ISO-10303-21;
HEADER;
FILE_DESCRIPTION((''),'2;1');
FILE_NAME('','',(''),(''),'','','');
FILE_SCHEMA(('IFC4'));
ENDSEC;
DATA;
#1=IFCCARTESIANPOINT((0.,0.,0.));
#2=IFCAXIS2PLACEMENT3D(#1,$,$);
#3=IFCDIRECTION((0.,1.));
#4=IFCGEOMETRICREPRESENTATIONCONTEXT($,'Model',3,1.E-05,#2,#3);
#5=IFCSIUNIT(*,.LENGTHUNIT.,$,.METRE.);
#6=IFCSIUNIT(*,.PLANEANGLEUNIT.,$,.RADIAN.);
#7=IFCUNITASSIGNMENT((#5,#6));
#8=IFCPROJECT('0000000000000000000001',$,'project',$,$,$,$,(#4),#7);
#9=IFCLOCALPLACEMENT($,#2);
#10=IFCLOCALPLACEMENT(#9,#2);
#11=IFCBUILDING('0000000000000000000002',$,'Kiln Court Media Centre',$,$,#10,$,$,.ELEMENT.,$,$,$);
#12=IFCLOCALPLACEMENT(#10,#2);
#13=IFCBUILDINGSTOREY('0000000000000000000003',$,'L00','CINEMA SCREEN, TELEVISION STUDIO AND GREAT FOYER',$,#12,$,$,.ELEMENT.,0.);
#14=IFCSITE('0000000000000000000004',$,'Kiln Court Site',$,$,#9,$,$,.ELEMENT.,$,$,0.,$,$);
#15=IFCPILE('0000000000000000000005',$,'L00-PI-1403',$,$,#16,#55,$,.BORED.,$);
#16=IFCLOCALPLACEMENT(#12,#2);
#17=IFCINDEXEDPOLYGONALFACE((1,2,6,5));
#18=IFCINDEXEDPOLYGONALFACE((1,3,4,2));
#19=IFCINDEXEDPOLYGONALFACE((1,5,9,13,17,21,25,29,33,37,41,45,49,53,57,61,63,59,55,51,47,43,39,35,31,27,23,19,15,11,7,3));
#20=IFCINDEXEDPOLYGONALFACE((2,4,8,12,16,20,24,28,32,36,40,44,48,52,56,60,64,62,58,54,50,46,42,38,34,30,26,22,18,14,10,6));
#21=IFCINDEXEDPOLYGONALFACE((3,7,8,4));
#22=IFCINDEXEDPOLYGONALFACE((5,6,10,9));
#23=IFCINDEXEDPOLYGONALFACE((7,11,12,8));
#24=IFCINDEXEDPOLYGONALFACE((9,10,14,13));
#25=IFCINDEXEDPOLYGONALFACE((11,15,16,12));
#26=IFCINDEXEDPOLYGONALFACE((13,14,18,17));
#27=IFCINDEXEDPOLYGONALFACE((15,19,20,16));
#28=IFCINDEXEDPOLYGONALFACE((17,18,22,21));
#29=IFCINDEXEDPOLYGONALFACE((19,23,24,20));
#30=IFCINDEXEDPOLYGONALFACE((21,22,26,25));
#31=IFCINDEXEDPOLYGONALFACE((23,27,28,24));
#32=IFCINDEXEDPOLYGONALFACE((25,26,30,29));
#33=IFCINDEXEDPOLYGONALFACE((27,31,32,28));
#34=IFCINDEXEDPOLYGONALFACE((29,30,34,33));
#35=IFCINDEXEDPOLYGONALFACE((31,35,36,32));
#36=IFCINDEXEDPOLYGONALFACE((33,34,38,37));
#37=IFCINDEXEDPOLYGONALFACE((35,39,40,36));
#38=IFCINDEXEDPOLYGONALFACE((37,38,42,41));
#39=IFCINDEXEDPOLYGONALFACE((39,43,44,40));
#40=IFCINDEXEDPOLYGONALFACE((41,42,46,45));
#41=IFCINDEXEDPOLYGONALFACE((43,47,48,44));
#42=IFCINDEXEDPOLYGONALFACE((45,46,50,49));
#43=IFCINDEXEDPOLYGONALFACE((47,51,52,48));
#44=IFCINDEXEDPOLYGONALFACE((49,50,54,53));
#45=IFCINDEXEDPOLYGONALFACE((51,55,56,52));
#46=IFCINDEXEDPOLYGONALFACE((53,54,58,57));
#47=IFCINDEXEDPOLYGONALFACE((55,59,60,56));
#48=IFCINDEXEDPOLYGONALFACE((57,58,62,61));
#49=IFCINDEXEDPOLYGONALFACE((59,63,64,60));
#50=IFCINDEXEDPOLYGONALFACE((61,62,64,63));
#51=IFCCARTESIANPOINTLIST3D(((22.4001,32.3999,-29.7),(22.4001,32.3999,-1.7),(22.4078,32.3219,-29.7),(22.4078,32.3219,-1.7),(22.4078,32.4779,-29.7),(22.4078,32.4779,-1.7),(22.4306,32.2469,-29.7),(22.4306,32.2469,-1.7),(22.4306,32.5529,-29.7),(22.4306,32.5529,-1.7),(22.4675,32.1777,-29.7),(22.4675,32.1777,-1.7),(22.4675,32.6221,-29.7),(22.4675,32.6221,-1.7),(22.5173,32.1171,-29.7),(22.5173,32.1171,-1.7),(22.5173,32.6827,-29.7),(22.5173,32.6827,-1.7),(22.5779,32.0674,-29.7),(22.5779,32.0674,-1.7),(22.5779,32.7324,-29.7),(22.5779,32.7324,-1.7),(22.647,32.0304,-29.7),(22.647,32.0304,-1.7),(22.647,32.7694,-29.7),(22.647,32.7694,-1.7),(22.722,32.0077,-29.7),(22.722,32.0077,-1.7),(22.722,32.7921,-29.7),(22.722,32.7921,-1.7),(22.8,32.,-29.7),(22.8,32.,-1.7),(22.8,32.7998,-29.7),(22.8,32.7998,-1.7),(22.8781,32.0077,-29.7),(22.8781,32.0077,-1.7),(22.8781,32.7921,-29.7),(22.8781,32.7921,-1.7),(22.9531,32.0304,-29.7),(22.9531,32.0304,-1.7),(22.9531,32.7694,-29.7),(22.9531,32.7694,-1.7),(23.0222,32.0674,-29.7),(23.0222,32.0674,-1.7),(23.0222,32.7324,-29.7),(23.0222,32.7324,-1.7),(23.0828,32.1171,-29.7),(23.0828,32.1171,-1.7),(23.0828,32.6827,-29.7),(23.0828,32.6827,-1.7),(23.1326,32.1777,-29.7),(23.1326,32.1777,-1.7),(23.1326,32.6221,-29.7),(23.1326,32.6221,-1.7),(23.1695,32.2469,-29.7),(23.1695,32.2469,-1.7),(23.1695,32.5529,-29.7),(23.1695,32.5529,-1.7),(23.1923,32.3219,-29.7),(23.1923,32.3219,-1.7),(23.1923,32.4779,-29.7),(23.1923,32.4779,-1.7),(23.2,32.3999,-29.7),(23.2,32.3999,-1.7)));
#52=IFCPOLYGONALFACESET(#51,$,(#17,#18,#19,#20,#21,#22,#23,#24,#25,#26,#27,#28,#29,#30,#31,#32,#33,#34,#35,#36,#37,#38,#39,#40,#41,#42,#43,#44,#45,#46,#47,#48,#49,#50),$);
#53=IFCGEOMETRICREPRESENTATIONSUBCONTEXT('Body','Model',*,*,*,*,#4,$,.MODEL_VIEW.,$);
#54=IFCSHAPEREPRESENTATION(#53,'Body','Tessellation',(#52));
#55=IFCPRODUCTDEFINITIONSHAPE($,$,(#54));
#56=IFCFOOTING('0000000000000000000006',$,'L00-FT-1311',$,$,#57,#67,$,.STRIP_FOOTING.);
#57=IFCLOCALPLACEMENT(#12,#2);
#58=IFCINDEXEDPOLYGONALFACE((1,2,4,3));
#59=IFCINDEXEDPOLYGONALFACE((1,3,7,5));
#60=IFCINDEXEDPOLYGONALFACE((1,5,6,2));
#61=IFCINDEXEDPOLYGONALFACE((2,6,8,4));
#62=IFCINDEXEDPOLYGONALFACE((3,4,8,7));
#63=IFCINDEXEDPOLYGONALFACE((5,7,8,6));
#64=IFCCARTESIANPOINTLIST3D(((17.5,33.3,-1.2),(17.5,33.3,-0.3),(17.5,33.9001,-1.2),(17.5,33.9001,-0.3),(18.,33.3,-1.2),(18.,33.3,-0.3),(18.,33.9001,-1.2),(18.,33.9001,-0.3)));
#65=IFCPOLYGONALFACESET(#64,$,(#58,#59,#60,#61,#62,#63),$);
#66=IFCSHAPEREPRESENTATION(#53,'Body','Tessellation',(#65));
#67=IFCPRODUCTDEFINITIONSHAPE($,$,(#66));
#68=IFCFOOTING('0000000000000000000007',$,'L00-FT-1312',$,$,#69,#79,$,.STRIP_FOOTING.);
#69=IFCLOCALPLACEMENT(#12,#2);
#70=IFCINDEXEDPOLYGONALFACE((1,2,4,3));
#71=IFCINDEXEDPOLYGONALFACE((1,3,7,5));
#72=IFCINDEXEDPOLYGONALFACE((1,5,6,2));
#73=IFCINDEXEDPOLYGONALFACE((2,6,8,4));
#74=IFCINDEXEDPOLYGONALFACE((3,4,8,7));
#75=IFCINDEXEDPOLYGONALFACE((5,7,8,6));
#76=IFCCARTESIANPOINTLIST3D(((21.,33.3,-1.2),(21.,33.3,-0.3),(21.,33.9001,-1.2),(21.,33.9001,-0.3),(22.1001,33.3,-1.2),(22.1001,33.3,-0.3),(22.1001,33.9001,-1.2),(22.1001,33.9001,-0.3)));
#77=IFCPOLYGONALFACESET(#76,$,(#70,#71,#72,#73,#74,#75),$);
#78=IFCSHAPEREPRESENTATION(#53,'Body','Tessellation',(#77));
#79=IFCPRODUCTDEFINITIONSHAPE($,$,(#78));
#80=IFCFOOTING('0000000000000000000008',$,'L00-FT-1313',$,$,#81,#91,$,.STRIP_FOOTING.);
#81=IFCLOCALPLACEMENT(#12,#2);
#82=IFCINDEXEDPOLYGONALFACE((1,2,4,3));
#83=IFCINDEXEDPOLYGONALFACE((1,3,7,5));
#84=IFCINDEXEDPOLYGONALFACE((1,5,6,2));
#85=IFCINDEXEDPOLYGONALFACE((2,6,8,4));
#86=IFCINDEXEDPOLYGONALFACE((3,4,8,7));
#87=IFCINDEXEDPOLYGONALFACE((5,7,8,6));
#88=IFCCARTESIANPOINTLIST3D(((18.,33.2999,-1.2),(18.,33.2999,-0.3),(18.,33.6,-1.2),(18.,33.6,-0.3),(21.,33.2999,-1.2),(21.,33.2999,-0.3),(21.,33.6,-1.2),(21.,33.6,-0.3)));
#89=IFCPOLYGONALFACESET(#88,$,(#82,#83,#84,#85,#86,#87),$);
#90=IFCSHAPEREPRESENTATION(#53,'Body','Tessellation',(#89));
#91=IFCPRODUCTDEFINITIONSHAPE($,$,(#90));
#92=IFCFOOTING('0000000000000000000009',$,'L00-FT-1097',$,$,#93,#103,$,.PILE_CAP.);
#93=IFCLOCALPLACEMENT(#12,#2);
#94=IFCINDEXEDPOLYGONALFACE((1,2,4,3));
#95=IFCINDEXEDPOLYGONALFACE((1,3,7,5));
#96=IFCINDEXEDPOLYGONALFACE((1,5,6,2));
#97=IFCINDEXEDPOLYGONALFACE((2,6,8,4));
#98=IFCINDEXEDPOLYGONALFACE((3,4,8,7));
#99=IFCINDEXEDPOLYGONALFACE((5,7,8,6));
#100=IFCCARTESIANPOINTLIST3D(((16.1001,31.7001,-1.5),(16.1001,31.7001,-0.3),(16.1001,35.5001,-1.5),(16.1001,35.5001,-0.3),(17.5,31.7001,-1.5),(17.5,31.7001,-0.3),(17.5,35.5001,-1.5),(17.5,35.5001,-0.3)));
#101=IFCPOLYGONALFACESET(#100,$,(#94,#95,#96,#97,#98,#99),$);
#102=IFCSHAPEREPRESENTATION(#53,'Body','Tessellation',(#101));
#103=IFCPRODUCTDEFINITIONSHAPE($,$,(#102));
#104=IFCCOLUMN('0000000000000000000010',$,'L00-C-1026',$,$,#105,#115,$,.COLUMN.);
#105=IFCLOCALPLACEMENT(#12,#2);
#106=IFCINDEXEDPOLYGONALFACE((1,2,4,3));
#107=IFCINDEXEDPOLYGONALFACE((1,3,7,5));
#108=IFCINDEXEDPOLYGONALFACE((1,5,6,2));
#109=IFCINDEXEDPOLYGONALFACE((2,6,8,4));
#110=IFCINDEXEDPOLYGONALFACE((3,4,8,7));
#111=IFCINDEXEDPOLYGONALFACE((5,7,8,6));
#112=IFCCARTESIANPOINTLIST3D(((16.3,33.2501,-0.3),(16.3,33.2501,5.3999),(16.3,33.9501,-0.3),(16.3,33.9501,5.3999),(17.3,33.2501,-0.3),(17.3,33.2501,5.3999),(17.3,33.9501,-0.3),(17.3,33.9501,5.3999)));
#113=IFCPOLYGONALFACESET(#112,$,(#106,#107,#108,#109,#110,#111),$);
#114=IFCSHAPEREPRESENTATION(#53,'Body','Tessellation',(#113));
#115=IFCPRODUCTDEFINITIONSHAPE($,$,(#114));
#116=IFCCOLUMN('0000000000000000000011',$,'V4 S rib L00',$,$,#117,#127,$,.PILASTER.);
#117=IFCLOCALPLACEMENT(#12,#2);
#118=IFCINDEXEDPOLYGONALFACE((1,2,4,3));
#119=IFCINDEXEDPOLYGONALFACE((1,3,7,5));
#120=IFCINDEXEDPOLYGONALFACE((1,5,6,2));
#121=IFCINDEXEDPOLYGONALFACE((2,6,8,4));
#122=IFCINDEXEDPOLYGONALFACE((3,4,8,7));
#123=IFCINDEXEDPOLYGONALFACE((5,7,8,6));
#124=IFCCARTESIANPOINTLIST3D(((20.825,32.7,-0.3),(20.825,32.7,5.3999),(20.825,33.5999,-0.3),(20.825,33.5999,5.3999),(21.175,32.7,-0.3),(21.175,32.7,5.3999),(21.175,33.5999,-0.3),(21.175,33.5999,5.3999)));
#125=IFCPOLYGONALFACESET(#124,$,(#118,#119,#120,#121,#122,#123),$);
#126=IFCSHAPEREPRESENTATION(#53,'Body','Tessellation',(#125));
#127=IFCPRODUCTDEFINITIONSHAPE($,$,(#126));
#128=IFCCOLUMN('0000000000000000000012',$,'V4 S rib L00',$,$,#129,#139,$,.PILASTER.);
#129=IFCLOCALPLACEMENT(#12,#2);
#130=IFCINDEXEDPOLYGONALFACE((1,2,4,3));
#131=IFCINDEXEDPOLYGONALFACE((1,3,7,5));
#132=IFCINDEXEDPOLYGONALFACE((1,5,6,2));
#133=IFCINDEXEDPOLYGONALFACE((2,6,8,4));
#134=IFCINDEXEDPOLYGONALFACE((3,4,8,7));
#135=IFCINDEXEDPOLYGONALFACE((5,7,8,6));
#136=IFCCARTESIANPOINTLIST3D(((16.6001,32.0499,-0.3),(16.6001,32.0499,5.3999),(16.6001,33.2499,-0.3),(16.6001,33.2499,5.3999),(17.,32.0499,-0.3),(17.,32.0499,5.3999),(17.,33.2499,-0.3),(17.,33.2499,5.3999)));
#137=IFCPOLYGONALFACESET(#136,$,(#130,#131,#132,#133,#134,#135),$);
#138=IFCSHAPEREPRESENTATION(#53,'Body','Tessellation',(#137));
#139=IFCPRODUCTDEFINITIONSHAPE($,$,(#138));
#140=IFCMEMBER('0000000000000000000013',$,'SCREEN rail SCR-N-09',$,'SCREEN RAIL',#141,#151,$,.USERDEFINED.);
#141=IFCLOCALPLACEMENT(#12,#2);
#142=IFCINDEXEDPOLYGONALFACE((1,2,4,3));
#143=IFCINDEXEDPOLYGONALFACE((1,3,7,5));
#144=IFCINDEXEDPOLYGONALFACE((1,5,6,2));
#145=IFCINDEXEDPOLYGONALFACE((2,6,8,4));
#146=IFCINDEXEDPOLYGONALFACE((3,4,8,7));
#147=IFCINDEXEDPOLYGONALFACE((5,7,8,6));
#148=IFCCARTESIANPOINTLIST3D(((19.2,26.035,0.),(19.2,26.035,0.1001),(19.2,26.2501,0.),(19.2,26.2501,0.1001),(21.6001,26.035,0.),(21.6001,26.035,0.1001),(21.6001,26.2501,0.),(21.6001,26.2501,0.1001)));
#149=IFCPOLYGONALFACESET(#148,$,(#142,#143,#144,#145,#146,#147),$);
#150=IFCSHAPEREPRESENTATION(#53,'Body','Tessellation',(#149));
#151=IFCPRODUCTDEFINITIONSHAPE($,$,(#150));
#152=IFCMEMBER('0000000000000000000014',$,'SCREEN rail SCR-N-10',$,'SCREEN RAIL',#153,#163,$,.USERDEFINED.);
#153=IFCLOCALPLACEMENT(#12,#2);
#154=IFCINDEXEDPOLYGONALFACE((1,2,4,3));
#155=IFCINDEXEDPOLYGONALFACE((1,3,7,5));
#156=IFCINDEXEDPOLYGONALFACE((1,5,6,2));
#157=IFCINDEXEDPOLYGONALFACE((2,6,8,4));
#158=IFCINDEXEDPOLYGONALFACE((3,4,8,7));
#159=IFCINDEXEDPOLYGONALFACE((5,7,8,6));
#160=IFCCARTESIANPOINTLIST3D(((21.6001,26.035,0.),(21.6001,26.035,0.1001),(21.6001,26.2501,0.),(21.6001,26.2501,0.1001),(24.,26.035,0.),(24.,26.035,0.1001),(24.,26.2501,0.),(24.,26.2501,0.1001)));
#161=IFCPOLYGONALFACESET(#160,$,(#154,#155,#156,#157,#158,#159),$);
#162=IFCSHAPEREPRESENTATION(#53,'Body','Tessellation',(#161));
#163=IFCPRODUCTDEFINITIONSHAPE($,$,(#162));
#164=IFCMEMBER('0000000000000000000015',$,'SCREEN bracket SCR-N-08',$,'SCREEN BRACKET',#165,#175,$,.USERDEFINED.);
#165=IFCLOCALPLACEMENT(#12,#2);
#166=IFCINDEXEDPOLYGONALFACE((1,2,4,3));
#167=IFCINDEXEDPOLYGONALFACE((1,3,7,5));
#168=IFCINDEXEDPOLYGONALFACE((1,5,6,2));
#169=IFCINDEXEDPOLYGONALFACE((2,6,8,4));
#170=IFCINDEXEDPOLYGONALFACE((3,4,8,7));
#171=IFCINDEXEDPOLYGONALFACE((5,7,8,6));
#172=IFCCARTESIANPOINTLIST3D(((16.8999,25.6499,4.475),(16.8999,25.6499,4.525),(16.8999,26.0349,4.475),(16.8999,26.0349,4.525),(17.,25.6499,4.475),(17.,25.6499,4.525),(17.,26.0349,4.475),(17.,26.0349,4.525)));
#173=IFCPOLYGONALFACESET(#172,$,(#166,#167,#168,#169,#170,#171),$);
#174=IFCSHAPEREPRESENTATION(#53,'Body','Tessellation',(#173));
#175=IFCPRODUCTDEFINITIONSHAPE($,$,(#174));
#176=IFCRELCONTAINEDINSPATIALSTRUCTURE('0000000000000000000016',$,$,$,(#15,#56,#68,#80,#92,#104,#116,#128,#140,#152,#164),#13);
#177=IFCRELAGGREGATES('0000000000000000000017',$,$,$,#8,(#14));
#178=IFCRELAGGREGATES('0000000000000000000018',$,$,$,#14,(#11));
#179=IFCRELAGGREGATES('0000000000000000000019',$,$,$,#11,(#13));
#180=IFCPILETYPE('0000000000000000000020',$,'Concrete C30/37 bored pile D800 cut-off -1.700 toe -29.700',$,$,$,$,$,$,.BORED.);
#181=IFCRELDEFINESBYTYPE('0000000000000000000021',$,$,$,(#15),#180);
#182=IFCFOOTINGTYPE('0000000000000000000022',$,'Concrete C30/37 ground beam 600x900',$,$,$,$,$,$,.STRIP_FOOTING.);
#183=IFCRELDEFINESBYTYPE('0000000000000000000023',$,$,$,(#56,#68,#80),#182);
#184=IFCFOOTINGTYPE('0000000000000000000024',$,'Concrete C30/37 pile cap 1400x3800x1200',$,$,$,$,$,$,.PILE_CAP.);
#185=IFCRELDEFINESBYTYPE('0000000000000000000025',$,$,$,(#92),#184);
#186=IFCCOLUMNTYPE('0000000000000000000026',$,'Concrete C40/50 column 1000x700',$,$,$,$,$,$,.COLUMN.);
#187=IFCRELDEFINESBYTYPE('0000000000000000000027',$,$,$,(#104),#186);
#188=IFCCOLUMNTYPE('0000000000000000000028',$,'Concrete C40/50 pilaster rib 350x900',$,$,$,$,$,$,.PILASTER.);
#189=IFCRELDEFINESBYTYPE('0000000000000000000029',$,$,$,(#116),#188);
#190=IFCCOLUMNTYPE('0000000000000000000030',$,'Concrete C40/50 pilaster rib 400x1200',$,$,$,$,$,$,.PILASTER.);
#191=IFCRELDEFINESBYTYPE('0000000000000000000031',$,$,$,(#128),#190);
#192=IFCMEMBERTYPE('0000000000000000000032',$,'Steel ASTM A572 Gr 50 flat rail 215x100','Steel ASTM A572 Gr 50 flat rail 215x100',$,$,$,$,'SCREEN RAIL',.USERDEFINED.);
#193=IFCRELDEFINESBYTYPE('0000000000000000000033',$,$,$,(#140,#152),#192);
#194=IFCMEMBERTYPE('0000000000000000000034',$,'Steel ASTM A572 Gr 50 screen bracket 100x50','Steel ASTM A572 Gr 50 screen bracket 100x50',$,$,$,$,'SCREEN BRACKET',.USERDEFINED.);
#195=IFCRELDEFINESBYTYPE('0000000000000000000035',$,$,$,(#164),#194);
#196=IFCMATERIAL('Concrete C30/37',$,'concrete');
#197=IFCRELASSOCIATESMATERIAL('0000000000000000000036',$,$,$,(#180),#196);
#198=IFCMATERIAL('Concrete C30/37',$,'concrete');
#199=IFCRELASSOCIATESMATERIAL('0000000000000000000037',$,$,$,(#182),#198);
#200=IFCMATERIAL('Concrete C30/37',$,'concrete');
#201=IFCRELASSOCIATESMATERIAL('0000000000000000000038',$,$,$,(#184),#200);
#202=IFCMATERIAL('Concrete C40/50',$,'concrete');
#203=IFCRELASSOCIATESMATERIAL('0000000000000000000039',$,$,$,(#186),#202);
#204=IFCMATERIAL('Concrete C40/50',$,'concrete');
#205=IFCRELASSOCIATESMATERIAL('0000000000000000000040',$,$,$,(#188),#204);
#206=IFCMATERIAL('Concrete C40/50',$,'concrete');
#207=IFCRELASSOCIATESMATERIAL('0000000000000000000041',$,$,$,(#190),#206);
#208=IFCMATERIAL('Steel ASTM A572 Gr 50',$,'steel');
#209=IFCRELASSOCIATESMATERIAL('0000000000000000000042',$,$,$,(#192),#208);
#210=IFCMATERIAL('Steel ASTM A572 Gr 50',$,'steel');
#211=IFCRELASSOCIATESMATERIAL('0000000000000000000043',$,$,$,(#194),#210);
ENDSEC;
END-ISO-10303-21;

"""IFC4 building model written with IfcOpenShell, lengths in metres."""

from ifc_helpers import new_model, si_unit, direction, frame, origin, origin_2d, place, context, subcontext, project, spatial, rectangle, circle, extrude, material, material_profile, profile_set, type_object, element, save


model = new_model("IFC4")

# Units and contexts
model_context = context("Model", 3, precision=1e-05, world=origin(), true_north=direction((0.0, 1.0)))
body_context = subcontext(model_context, "Body", "Model", "MODEL_VIEW")
ifc_project = project(units=[si_unit("LENGTHUNIT", "METRE"), si_unit("PLANEANGLEUNIT", "RADIAN")], contexts=[model_context])

# Site, building, storey
site_placement = place(None, origin())
site = spatial("IfcSite", under=ifc_project, at=site_placement, Name="Kiln Court Site", CompositionType="ELEMENT", RefElevation=0.0)
building_placement = place(site_placement, origin())
building = spatial("IfcBuilding", under=site, at=building_placement, Name="Kiln Court Media Centre", CompositionType="ELEMENT")
storey_placement = place(building_placement, origin())
storey = spatial("IfcBuildingStorey", under=building, at=storey_placement, Name="L00", Description="CINEMA SCREEN, TELEVISION STUDIO AND GREAT FOYER", CompositionType="ELEMENT", Elevation=0.0)

# Pile
ifc_material_1 = material(Name="Concrete C30/37", Category="concrete")
ifc_material_profile_1 = material_profile(ifc_material_1, circle(Radius=0.3999, at=origin_2d()), Name="PILE D800")
ifc_profile_set_1 = profile_set([ifc_material_profile_1], Name="Concrete C30/37")
pile_type_1 = type_object("IfcPileType", Name="Concrete C30/37 bored pile D800 cut-off -1.700 toe -29.700", PredefinedType="BORED", material=ifc_profile_set_1)
for number, where, z_axis, x_axis, name in (
    (1, (22.8, 32.3999, -1.7), (0.0, 0.0, -1.0), (1.0, 0.0, 0.0), "L00-PI-1403"),
):
    element("IfcPile", number, at=place(storey_placement, frame(where, z_axis=z_axis, x_axis=x_axis)), inside=storey, type_object=pile_type_1, Name=name, PredefinedType="BORED", context=body_context, shape_type="SweptSolid", body=[
        extrude(circle(Radius=0.3999, at=origin_2d()), origin(), (0.0, 0.0, 1.0), 28.0),
    ])

# Footings
ifc_material_2 = material(Name="Concrete C30/37", Category="concrete")
footing_type_1 = type_object("IfcFootingType", Name="Concrete C30/37 ground beam 600x900", PredefinedType="STRIP_FOOTING", material=ifc_material_2)
footing_1_placement = place(storey_placement, frame((17.75, 33.6001, -1.2), z_axis=(0.0, 0.0, 1.0), x_axis=(1.0, 0.0, 0.0)))
element("IfcFooting", 2, at=footing_1_placement, inside=storey, type_object=footing_type_1, Name="L00-FT-1311", PredefinedType="STRIP_FOOTING", context=body_context, shape_type="SweptSolid", body=[
    extrude(rectangle(XDim=0.5, YDim=0.6001, at=origin_2d()), origin(), (0.0, 0.0, 1.0), 0.8999),
])
footing_2_placement = place(storey_placement, frame((21.55, 33.6001, -1.2), z_axis=(0.0, 0.0, 1.0), x_axis=(1.0, 0.0, 0.0)))
element("IfcFooting", 3, at=footing_2_placement, inside=storey, type_object=footing_type_1, Name="L00-FT-1312", PredefinedType="STRIP_FOOTING", context=body_context, shape_type="SweptSolid", body=[
    extrude(rectangle(XDim=1.1001, YDim=0.6001, at=origin_2d()), origin(), (0.0, 0.0, 1.0), 0.8999),
])
footing_3_placement = place(storey_placement, frame((19.5, 33.45, -1.2), z_axis=(0.0, 0.0, 1.0), x_axis=(1.0, 0.0, 0.0)))
element("IfcFooting", 4, at=footing_3_placement, inside=storey, type_object=footing_type_1, Name="L00-FT-1313", PredefinedType="STRIP_FOOTING", context=body_context, shape_type="SweptSolid", body=[
    extrude(rectangle(XDim=3.0, YDim=0.3, at=origin_2d()), origin(), (0.0, 0.0, 1.0), 0.8999),
])
ifc_material_3 = material(Name="Concrete C30/37", Category="concrete")
footing_type_2 = type_object("IfcFootingType", Name="Concrete C30/37 pile cap 1400x3800x1200", PredefinedType="PILE_CAP", material=ifc_material_3)
footing_4_placement = place(storey_placement, frame((16.8, 33.6001, -1.5), z_axis=(0.0, 0.0, 1.0), x_axis=(1.0, 0.0, 0.0)))
element("IfcFooting", 5, at=footing_4_placement, inside=storey, type_object=footing_type_2, Name="L00-FT-1097", PredefinedType="PILE_CAP", context=body_context, shape_type="SweptSolid", body=[
    extrude(rectangle(XDim=1.3999, YDim=3.8, at=origin_2d()), origin(), (0.0, 0.0, 1.0), 1.2),
])

# Columns
ifc_material_4 = material(Name="Concrete C40/50", Category="concrete")
ifc_material_profile_2 = material_profile(ifc_material_4, rectangle(XDim=1.0, YDim=0.7, at=origin_2d()), Name="RC 1000x700")
ifc_profile_set_2 = profile_set([ifc_material_profile_2], Name="Concrete C40/50")
column_type_1 = type_object("IfcColumnType", Name="Concrete C40/50 column 1000x700", PredefinedType="COLUMN", material=ifc_profile_set_2)
column_1_placement = place(storey_placement, frame((16.8, 33.6001, -0.3), z_axis=(0.0, 0.0, 1.0), x_axis=(1.0, 0.0, 0.0)))
element("IfcColumn", 6, at=column_1_placement, inside=storey, type_object=column_type_1, Name="L00-C-1026", PredefinedType="COLUMN", context=body_context, shape_type="SweptSolid", body=[
    extrude(rectangle(XDim=1.0, YDim=0.7, at=origin_2d()), origin(), (0.0, 0.0, 1.0), 5.7),
])
ifc_material_5 = material(Name="Concrete C40/50", Category="concrete")
ifc_material_profile_3 = material_profile(ifc_material_5, rectangle(XDim=0.3501, YDim=0.8999, at=origin_2d()), Name="RC 350x900")
ifc_profile_set_3 = profile_set([ifc_material_profile_3], Name="Concrete C40/50")
column_type_2 = type_object("IfcColumnType", Name="Concrete C40/50 pilaster rib 350x900", PredefinedType="PILASTER", material=ifc_profile_set_3)
column_2_placement = place(storey_placement, frame((21.0, 33.1499, -0.3), z_axis=(0.0, 0.0, 1.0), x_axis=(1.0, 0.0, 0.0)))
element("IfcColumn", 7, at=column_2_placement, inside=storey, type_object=column_type_2, Name="V4 S rib L00", PredefinedType="PILASTER", context=body_context, shape_type="SweptSolid", body=[
    extrude(rectangle(XDim=0.3501, YDim=0.8999, at=origin_2d()), origin(), (0.0, 0.0, 1.0), 5.7),
])
ifc_material_6 = material(Name="Concrete C40/50", Category="concrete")
ifc_material_profile_4 = material_profile(ifc_material_6, rectangle(XDim=0.3999, YDim=1.2, at=origin_2d()), Name="RC 400x1200")
ifc_profile_set_4 = profile_set([ifc_material_profile_4], Name="Concrete C40/50")
column_type_3 = type_object("IfcColumnType", Name="Concrete C40/50 pilaster rib 400x1200", PredefinedType="PILASTER", material=ifc_profile_set_4)
column_3_placement = place(storey_placement, frame((16.8, 32.6499, -0.3), z_axis=(0.0, 0.0, 1.0), x_axis=(1.0, 0.0, 0.0)))
element("IfcColumn", 8, at=column_3_placement, inside=storey, type_object=column_type_3, Name="V4 S rib L00", PredefinedType="PILASTER", context=body_context, shape_type="SweptSolid", body=[
    extrude(rectangle(XDim=0.3999, YDim=1.2, at=origin_2d()), origin(), (0.0, 0.0, 1.0), 5.7),
])

# Members
ifc_material_7 = material(Name="Steel ASTM A572 Gr 50", Category="steel")
ifc_material_profile_5 = material_profile(ifc_material_7, rectangle(XDim=0.2151, YDim=0.1001, at=origin_2d()), Name="Steel ASTM A572 Gr 50 flat rail 215x100")
ifc_profile_set_5 = profile_set([ifc_material_profile_5], Name="Steel ASTM A572 Gr 50")
member_type_1 = type_object("IfcMemberType", Name="Steel ASTM A572 Gr 50 flat rail 215x100", Description="Steel ASTM A572 Gr 50 flat rail 215x100", ElementType="SCREEN RAIL", PredefinedType="USERDEFINED", material=ifc_profile_set_5)
member_1_placement = place(storey_placement, frame((19.2, 26.1426, 0.05), z_axis=(1.0, 0.0, 0.0), x_axis=(0.0, 1.0, 0.0)))
element("IfcMember", 9, at=member_1_placement, inside=storey, type_object=member_type_1, Name="SCREEN rail SCR-N-09", ObjectType="SCREEN RAIL", PredefinedType="USERDEFINED", context=body_context, shape_type="SweptSolid", body=[
    extrude(rectangle(XDim=0.2151, YDim=0.1001, at=origin_2d()), origin(), (0.0, 0.0, 1.0), 2.4001),
])
member_2_placement = place(storey_placement, frame((21.6001, 26.1426, 0.05), z_axis=(1.0, 0.0, 0.0), x_axis=(0.0, 1.0, 0.0)))
element("IfcMember", 10, at=member_2_placement, inside=storey, type_object=member_type_1, Name="SCREEN rail SCR-N-10", ObjectType="SCREEN RAIL", PredefinedType="USERDEFINED", context=body_context, shape_type="SweptSolid", body=[
    extrude(rectangle(XDim=0.2151, YDim=0.1001, at=origin_2d()), origin(), (0.0, 0.0, 1.0), 2.3999),
])
ifc_material_8 = material(Name="Steel ASTM A572 Gr 50", Category="steel")
ifc_material_profile_6 = material_profile(ifc_material_8, rectangle(XDim=0.1001, YDim=0.05, at=origin_2d()), Name="Steel ASTM A572 Gr 50 screen bracket 100x50")
ifc_profile_set_6 = profile_set([ifc_material_profile_6], Name="Steel ASTM A572 Gr 50")
member_type_2 = type_object("IfcMemberType", Name="Steel ASTM A572 Gr 50 screen bracket 100x50", Description="Steel ASTM A572 Gr 50 screen bracket 100x50", ElementType="SCREEN BRACKET", PredefinedType="USERDEFINED", material=ifc_profile_set_6)
member_3_placement = place(storey_placement, frame((16.95, 25.6499, 4.5), z_axis=(0.0, 1.0, 0.0), x_axis=(-1.0, 0.0, 0.0)))
element("IfcMember", 11, at=member_3_placement, inside=storey, type_object=member_type_2, Name="SCREEN bracket SCR-N-08", ObjectType="SCREEN BRACKET", PredefinedType="USERDEFINED", context=body_context, shape_type="SweptSolid", body=[
    extrude(rectangle(XDim=0.1001, YDim=0.05, at=origin_2d()), origin(), (0.0, 0.0, 1.0), 0.385),
])

save(model, "model.ifc")
